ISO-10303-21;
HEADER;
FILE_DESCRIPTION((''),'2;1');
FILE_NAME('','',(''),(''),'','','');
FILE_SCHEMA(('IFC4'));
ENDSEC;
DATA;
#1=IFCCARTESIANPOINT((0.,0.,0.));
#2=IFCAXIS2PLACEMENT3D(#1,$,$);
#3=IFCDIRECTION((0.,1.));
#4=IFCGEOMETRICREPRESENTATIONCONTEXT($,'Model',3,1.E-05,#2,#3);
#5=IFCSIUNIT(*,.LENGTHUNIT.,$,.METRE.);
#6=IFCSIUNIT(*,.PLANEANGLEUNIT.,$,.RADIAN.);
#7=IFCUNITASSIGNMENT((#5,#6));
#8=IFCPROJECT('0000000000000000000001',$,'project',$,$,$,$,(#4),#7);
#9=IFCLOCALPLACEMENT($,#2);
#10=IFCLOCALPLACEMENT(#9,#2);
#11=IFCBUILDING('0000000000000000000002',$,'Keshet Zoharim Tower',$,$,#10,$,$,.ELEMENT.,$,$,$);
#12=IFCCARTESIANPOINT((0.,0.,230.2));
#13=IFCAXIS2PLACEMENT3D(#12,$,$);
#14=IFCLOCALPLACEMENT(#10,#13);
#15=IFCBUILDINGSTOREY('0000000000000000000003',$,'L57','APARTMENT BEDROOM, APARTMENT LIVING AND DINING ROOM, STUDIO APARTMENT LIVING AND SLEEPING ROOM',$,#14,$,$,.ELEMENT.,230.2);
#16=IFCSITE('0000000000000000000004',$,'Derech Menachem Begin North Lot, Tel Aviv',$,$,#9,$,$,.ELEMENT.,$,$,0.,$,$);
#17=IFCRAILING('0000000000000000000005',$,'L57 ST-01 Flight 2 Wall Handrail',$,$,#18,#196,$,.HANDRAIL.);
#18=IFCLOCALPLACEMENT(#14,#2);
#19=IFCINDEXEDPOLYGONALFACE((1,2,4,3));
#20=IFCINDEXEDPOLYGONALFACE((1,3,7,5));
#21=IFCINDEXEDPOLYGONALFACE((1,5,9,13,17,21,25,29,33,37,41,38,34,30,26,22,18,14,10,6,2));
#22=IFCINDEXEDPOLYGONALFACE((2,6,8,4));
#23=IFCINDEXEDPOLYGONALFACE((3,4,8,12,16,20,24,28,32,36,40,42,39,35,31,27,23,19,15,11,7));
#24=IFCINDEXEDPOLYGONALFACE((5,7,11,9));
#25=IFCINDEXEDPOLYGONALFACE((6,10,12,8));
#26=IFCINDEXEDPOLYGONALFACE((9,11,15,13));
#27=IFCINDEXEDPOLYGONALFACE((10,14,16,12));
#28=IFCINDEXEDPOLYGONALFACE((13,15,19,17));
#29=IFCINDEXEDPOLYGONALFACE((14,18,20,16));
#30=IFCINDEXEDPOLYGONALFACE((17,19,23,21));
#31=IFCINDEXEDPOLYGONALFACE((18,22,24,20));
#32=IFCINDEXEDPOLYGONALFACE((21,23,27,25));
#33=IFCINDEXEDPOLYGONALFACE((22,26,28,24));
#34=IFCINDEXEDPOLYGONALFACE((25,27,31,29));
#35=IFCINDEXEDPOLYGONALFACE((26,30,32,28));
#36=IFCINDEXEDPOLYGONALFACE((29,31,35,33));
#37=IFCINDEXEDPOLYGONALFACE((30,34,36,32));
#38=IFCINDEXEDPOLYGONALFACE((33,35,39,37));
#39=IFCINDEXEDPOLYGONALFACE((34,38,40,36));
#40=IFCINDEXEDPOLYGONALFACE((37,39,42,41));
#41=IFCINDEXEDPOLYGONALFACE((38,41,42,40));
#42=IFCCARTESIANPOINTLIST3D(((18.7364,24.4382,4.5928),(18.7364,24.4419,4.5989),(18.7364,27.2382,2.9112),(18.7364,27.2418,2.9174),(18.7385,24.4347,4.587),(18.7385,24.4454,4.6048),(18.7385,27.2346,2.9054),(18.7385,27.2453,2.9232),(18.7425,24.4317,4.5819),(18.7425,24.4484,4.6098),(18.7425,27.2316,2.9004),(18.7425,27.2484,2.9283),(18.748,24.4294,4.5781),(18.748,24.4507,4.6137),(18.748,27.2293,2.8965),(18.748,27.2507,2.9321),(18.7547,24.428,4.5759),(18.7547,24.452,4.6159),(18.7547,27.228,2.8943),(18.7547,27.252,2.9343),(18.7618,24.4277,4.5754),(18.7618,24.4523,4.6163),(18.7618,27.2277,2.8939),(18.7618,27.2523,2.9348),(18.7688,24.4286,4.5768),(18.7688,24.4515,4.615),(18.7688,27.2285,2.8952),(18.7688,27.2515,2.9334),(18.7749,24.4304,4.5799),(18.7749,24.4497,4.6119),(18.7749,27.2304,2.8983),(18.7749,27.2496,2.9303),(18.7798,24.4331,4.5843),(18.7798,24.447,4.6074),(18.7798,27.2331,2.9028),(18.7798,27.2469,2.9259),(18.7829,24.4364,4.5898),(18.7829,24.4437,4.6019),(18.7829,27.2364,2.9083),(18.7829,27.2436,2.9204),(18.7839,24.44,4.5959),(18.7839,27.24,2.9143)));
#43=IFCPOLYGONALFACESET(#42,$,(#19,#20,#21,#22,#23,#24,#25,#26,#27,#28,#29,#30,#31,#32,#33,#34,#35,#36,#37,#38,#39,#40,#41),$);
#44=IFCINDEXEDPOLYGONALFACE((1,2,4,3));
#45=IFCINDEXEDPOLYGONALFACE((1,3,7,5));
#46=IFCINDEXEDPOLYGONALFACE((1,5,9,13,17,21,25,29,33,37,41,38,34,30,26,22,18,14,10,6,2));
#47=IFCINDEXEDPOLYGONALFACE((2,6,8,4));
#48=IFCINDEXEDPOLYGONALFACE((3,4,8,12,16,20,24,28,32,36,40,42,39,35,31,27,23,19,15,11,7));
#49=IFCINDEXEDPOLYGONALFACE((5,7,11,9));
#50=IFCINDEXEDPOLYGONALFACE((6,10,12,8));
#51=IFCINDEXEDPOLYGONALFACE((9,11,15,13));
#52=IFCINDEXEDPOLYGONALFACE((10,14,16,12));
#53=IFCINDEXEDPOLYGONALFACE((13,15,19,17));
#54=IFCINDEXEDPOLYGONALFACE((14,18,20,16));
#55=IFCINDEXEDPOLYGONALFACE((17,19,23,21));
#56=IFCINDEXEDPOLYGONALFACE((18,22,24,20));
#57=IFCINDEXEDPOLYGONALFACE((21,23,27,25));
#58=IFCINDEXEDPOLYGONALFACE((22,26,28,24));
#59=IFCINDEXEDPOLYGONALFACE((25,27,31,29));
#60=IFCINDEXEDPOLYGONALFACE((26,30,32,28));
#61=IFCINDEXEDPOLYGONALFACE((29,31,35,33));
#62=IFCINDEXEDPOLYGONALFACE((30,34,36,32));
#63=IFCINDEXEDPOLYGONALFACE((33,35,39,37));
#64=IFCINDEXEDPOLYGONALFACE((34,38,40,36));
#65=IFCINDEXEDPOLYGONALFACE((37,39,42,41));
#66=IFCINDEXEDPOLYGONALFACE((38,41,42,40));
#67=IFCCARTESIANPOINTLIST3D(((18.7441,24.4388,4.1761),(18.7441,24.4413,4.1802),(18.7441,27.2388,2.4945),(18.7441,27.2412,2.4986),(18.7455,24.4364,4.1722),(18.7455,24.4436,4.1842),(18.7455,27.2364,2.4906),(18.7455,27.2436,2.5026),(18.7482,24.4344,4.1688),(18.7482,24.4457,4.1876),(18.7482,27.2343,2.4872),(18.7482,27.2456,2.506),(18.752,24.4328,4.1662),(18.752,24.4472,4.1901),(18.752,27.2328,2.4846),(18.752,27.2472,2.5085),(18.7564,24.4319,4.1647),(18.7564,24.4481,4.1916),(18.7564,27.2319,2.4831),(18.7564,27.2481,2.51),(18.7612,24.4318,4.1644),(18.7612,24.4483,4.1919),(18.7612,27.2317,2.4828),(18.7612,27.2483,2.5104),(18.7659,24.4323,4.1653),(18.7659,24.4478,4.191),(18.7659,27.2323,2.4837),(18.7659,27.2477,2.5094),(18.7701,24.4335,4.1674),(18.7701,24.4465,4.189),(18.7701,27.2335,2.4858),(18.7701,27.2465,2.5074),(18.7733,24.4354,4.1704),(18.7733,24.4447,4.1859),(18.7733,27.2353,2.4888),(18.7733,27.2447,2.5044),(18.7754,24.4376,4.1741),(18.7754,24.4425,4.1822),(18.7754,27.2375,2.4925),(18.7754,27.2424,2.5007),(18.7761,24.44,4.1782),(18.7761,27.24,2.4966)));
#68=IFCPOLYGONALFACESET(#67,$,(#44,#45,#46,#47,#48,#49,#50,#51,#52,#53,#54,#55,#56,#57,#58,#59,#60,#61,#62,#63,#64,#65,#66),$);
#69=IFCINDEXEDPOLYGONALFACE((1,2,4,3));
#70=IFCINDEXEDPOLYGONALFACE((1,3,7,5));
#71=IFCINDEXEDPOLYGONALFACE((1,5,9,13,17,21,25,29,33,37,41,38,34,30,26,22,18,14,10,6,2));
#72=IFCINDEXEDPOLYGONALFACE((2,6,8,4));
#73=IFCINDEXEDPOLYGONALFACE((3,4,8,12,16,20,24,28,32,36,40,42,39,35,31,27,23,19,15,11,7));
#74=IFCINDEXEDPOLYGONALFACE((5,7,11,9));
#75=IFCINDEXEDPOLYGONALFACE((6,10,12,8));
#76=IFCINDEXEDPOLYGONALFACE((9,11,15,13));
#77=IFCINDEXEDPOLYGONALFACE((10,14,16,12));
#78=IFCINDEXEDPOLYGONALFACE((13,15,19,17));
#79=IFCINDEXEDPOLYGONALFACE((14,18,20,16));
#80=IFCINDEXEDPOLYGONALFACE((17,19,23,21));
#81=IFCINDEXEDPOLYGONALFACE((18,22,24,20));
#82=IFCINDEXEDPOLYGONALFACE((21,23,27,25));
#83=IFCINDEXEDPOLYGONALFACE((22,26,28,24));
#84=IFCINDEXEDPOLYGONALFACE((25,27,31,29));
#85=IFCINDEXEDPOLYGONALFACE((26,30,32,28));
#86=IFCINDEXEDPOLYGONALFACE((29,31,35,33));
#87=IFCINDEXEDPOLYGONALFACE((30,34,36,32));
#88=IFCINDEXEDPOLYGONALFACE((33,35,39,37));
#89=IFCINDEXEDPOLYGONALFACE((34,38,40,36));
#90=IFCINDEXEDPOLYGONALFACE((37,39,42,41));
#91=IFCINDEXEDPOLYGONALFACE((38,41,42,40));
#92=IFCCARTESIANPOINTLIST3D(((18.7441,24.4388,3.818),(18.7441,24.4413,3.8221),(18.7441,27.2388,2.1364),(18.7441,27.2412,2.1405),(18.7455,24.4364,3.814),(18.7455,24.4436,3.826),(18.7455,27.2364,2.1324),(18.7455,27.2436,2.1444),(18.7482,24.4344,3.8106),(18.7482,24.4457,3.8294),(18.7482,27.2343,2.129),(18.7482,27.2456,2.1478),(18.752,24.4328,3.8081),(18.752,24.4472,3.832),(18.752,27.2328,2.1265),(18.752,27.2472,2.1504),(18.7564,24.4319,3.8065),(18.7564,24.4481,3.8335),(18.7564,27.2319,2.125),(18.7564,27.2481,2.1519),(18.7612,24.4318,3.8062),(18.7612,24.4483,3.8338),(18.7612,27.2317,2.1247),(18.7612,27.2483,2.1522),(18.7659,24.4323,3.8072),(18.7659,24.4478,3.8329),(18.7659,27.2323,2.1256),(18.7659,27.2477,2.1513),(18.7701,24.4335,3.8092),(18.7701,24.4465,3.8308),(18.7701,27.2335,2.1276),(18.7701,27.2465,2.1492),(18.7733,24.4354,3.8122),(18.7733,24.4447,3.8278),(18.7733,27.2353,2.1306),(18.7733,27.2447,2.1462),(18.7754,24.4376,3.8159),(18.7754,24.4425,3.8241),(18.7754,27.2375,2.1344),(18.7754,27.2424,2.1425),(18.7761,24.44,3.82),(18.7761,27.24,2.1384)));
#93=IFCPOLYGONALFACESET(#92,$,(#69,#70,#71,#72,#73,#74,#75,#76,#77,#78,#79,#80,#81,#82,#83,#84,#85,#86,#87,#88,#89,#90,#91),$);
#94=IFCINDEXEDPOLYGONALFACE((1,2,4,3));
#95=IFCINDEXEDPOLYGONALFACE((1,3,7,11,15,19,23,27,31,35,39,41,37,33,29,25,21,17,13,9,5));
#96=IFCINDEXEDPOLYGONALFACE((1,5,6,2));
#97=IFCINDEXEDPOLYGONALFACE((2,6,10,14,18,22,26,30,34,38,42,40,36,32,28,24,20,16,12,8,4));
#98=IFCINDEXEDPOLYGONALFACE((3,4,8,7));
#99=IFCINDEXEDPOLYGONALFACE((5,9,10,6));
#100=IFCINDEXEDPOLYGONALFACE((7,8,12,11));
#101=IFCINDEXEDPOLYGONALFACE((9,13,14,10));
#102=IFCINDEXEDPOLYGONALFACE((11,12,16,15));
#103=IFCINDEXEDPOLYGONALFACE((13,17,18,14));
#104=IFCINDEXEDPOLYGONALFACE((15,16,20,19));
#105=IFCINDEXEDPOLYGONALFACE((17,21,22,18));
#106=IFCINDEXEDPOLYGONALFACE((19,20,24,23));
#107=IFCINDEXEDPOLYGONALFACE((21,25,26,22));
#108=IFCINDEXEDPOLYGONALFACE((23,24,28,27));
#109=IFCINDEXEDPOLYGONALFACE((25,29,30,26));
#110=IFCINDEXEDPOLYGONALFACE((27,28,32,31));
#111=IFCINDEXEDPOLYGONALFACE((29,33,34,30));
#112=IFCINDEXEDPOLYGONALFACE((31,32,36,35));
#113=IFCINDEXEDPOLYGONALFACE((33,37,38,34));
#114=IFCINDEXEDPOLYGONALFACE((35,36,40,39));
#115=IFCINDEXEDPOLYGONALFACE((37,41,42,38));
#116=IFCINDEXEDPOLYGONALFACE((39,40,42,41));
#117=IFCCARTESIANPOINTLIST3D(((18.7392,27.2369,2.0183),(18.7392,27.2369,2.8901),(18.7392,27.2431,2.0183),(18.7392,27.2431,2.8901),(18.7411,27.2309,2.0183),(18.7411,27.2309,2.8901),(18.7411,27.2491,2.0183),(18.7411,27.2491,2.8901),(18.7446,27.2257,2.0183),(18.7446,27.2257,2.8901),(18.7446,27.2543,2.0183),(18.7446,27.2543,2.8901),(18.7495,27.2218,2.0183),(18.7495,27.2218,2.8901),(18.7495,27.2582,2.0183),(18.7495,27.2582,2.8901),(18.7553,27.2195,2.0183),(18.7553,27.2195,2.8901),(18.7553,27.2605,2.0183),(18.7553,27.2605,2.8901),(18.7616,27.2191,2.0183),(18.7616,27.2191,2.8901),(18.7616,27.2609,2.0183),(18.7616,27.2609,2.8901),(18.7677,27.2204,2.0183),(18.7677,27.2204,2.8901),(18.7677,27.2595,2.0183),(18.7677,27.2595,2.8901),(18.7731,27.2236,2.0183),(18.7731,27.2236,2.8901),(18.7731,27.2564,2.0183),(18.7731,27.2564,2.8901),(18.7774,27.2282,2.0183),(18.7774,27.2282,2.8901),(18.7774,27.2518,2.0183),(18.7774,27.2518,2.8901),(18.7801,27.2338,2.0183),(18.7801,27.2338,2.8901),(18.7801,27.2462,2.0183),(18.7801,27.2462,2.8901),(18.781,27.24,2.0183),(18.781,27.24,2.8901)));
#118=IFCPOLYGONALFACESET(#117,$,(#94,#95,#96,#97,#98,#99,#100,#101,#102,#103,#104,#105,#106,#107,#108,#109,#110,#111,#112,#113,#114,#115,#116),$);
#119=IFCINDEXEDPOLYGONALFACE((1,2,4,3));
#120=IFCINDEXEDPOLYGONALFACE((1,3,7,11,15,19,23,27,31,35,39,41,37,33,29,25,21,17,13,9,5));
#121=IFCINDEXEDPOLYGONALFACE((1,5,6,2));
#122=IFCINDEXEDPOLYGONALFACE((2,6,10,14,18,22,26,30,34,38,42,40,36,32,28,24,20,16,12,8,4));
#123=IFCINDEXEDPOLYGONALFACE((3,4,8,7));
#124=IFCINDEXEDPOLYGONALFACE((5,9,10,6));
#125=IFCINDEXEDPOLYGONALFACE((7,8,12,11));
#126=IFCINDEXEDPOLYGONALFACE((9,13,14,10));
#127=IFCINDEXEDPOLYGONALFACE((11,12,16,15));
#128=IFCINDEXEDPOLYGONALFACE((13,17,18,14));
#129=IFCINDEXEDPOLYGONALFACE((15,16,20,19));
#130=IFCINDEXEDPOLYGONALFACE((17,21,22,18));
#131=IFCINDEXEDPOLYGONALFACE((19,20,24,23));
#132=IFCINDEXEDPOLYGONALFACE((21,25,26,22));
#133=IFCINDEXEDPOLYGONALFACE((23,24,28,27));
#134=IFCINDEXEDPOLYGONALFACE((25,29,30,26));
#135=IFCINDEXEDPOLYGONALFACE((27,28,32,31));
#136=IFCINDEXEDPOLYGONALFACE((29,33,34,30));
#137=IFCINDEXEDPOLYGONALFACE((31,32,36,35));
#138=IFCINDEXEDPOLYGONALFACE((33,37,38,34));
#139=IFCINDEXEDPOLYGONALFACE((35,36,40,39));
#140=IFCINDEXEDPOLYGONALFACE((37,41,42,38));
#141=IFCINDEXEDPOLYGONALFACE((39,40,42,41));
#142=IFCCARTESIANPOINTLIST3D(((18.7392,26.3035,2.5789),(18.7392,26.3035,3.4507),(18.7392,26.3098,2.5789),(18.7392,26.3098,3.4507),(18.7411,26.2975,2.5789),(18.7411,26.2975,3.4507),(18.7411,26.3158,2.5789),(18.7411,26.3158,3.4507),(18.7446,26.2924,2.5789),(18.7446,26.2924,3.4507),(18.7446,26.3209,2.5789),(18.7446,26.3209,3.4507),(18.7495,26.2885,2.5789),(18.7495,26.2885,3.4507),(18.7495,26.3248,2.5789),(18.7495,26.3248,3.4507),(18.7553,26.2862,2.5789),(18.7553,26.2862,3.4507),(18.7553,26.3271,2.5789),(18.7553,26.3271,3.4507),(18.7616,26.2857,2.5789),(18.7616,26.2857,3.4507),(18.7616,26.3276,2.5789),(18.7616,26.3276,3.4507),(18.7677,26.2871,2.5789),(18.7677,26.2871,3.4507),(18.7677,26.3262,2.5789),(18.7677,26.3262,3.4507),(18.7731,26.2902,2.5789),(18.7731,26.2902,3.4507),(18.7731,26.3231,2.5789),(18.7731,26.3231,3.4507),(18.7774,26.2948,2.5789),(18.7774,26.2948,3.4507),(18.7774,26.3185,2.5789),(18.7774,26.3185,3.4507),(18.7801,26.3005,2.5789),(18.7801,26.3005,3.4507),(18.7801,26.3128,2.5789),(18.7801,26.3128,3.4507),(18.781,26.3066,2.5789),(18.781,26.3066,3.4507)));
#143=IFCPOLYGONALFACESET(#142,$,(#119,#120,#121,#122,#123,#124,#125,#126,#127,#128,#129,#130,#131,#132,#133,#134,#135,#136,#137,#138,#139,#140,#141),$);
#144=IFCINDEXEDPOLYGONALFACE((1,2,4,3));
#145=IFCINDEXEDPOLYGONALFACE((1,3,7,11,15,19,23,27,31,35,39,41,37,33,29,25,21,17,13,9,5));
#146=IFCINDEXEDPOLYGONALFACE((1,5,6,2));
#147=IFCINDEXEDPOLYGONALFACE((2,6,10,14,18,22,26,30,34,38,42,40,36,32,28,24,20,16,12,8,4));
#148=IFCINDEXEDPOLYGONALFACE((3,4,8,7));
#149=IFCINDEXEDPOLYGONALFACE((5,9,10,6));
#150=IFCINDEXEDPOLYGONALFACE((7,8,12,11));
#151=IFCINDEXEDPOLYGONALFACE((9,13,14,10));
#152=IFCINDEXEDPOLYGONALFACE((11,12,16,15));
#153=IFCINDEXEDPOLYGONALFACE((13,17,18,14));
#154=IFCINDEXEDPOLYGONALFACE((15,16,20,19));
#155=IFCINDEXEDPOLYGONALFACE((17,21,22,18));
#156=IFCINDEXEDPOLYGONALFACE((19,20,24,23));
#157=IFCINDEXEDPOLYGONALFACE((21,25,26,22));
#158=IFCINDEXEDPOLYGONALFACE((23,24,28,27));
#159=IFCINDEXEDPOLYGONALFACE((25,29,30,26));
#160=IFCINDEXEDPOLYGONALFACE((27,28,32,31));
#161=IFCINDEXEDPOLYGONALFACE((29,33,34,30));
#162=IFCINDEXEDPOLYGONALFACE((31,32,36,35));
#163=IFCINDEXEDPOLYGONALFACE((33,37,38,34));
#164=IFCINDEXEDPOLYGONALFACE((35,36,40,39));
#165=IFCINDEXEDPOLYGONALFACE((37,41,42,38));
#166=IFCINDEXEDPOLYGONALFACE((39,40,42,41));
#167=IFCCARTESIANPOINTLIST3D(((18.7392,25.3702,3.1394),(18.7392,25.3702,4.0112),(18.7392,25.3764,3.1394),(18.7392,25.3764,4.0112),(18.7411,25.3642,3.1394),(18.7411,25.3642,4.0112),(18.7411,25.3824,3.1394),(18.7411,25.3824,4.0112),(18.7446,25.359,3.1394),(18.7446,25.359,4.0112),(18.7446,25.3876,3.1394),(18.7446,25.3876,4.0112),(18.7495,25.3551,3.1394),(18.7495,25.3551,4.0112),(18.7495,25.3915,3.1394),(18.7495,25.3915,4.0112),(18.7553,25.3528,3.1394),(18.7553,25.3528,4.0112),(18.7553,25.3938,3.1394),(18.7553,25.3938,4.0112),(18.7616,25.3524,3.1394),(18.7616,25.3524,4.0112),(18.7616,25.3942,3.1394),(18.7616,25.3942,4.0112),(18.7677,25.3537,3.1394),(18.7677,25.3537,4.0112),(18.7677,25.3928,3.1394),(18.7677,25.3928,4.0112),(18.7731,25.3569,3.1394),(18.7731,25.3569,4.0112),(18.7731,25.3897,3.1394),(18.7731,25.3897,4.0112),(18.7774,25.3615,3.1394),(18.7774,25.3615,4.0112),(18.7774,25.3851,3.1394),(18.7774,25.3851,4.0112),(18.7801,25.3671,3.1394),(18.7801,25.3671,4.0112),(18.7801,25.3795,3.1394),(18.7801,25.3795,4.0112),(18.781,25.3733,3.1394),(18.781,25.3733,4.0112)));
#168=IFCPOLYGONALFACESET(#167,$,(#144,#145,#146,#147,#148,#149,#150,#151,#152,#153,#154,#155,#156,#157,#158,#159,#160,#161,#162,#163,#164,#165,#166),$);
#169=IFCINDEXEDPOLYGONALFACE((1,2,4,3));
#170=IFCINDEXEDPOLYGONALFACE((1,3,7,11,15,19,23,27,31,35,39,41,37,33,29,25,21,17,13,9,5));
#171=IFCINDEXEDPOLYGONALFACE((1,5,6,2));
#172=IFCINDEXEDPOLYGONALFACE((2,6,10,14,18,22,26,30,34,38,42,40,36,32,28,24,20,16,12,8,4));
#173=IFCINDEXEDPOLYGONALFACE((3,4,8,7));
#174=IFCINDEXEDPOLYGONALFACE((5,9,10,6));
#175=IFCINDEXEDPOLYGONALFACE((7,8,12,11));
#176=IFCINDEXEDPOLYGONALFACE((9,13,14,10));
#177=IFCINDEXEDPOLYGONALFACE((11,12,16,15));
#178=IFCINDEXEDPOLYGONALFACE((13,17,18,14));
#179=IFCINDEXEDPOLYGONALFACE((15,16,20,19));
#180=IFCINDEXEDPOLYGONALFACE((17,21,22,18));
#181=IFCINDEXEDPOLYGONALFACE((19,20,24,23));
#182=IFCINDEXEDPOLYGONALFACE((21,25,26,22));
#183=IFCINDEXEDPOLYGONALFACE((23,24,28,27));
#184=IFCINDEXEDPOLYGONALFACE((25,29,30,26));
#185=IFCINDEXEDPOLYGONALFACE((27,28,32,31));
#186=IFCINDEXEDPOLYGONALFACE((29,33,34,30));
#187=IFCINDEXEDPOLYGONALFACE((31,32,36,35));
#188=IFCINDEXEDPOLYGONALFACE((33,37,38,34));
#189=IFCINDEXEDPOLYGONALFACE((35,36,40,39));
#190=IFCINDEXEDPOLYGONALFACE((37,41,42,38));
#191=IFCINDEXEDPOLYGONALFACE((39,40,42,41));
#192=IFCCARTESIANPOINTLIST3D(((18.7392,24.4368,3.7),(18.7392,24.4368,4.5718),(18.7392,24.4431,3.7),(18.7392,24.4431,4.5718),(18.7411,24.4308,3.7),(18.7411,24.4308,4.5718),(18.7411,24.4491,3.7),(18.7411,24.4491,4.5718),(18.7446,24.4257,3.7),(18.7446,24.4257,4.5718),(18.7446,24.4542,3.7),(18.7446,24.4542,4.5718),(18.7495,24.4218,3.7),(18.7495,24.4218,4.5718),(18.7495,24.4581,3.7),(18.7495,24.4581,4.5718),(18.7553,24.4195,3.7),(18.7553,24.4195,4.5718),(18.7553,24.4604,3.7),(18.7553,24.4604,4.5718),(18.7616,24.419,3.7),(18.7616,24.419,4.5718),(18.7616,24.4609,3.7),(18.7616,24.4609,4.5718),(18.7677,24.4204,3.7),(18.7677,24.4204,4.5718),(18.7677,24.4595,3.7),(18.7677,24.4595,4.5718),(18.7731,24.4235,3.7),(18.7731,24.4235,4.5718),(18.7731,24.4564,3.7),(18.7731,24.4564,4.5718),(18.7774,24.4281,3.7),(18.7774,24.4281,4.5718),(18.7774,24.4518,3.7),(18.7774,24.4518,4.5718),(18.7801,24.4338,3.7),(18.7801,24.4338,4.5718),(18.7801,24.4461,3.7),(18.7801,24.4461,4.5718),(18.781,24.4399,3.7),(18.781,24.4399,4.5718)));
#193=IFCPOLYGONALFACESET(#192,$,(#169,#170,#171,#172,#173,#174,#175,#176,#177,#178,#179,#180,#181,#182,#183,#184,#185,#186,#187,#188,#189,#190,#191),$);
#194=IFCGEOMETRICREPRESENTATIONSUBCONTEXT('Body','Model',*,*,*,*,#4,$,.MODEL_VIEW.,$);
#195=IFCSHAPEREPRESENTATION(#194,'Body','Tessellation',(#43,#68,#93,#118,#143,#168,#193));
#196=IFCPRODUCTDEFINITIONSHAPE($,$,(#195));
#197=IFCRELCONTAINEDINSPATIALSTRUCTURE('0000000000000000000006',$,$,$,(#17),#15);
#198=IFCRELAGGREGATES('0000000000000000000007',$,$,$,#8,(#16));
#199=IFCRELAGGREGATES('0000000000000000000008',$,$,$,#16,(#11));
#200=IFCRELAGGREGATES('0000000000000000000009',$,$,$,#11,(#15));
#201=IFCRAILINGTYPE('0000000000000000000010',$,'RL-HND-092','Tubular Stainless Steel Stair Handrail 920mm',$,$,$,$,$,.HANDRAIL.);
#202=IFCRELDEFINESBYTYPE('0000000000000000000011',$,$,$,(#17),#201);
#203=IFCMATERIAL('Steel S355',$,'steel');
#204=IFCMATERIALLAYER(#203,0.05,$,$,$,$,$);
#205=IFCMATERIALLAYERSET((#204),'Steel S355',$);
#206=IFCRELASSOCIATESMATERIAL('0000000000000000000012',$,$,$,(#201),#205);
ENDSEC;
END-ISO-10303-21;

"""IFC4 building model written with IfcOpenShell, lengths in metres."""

from ifc_helpers import new_model, si_unit, direction, frame, origin, origin_2d, place, context, subcontext, project, spatial, circle, extrude, material, layer, layer_set, type_object, element, save


model = new_model("IFC4")

# Units and contexts
model_context = context("Model", 3, precision=1e-05, world=origin(), true_north=direction((0.0, 1.0)))
body_context = subcontext(model_context, "Body", "Model", "MODEL_VIEW")
ifc_project = project(units=[si_unit("LENGTHUNIT", "METRE"), si_unit("PLANEANGLEUNIT", "RADIAN")], contexts=[model_context])

# Site, building, storey
site_placement = place(None, origin())
site = spatial("IfcSite", under=ifc_project, at=site_placement, Name="Derech Menachem Begin North Lot, Tel Aviv", CompositionType="ELEMENT", RefElevation=0.0)
building_placement = place(site_placement, origin())
building = spatial("IfcBuilding", under=site, at=building_placement, Name="Keshet Zoharim Tower", CompositionType="ELEMENT")
storey_placement = place(building_placement, frame((0.0, 0.0, 230.2)))
storey = spatial("IfcBuildingStorey", under=building, at=storey_placement, Name="L57", Description="APARTMENT BEDROOM, APARTMENT LIVING AND DINING ROOM, STUDIO APARTMENT LIVING AND SLEEPING ROOM", CompositionType="ELEMENT", Elevation=230.2)

# Shared definitions
ifc_material_1 = material(Name="Steel S355", Category="steel")

# Railing
ifc_layer_1 = layer(ifc_material_1, 0.05)
ifc_layer_set_1 = layer_set([ifc_layer_1], Name="Steel S355")
railing_type_1 = type_object("IfcRailingType", Name="RL-HND-092", Description="Tubular Stainless Steel Stair Handrail 920mm", PredefinedType="HANDRAIL", material=ifc_layer_set_1)
railing_1_placement = place(storey_placement, frame((18.76, 27.24, 2.0183)))
element("IfcRailing", 1, at=railing_1_placement, inside=storey, type_object=railing_type_1, Name="L57 ST-01 Flight 2 Wall Handrail", PredefinedType="HANDRAIL", context=body_context, shape_type="SweptSolid", body=[
    extrude(circle(Radius=0.0239, at=origin_2d()), frame((0.0, 0.0, 0.896), z_axis=(0.0, -0.857275, 0.514858), x_axis=(1.0, 0.0, 0.0)), (0.0, 0.0, 1.0), 3.2661),
    extrude(circle(Radius=0.0161, at=origin_2d()), frame((0.0, 0.0, 0.4783), z_axis=(0.0, -0.857275, 0.514858), x_axis=(1.0, 0.0, 0.0)), (0.0, 0.0, 1.0), 3.2661),
    extrude(circle(Radius=0.0161, at=origin_2d()), frame((0.0, 0.0, 0.1201), z_axis=(0.0, -0.857275, 0.514858), x_axis=(1.0, 0.0, 0.0)), (0.0, 0.0, 1.0), 3.2661),
    extrude(circle(Radius=0.021, at=origin_2d()), origin(), (0.0, 0.0, 1.0), 0.8718),
    extrude(circle(Radius=0.021, at=origin_2d()), frame((0.0, -0.9333, 0.5605)), (0.0, 0.0, 1.0), 0.8718),
    extrude(circle(Radius=0.021, at=origin_2d()), frame((0.0, -1.8667, 1.1211)), (0.0, 0.0, 1.0), 0.8718),
    extrude(circle(Radius=0.021, at=origin_2d()), frame((0.0, -2.8, 1.6816)), (0.0, 0.0, 1.0), 0.8718),
])

save(model, "model.ifc")
